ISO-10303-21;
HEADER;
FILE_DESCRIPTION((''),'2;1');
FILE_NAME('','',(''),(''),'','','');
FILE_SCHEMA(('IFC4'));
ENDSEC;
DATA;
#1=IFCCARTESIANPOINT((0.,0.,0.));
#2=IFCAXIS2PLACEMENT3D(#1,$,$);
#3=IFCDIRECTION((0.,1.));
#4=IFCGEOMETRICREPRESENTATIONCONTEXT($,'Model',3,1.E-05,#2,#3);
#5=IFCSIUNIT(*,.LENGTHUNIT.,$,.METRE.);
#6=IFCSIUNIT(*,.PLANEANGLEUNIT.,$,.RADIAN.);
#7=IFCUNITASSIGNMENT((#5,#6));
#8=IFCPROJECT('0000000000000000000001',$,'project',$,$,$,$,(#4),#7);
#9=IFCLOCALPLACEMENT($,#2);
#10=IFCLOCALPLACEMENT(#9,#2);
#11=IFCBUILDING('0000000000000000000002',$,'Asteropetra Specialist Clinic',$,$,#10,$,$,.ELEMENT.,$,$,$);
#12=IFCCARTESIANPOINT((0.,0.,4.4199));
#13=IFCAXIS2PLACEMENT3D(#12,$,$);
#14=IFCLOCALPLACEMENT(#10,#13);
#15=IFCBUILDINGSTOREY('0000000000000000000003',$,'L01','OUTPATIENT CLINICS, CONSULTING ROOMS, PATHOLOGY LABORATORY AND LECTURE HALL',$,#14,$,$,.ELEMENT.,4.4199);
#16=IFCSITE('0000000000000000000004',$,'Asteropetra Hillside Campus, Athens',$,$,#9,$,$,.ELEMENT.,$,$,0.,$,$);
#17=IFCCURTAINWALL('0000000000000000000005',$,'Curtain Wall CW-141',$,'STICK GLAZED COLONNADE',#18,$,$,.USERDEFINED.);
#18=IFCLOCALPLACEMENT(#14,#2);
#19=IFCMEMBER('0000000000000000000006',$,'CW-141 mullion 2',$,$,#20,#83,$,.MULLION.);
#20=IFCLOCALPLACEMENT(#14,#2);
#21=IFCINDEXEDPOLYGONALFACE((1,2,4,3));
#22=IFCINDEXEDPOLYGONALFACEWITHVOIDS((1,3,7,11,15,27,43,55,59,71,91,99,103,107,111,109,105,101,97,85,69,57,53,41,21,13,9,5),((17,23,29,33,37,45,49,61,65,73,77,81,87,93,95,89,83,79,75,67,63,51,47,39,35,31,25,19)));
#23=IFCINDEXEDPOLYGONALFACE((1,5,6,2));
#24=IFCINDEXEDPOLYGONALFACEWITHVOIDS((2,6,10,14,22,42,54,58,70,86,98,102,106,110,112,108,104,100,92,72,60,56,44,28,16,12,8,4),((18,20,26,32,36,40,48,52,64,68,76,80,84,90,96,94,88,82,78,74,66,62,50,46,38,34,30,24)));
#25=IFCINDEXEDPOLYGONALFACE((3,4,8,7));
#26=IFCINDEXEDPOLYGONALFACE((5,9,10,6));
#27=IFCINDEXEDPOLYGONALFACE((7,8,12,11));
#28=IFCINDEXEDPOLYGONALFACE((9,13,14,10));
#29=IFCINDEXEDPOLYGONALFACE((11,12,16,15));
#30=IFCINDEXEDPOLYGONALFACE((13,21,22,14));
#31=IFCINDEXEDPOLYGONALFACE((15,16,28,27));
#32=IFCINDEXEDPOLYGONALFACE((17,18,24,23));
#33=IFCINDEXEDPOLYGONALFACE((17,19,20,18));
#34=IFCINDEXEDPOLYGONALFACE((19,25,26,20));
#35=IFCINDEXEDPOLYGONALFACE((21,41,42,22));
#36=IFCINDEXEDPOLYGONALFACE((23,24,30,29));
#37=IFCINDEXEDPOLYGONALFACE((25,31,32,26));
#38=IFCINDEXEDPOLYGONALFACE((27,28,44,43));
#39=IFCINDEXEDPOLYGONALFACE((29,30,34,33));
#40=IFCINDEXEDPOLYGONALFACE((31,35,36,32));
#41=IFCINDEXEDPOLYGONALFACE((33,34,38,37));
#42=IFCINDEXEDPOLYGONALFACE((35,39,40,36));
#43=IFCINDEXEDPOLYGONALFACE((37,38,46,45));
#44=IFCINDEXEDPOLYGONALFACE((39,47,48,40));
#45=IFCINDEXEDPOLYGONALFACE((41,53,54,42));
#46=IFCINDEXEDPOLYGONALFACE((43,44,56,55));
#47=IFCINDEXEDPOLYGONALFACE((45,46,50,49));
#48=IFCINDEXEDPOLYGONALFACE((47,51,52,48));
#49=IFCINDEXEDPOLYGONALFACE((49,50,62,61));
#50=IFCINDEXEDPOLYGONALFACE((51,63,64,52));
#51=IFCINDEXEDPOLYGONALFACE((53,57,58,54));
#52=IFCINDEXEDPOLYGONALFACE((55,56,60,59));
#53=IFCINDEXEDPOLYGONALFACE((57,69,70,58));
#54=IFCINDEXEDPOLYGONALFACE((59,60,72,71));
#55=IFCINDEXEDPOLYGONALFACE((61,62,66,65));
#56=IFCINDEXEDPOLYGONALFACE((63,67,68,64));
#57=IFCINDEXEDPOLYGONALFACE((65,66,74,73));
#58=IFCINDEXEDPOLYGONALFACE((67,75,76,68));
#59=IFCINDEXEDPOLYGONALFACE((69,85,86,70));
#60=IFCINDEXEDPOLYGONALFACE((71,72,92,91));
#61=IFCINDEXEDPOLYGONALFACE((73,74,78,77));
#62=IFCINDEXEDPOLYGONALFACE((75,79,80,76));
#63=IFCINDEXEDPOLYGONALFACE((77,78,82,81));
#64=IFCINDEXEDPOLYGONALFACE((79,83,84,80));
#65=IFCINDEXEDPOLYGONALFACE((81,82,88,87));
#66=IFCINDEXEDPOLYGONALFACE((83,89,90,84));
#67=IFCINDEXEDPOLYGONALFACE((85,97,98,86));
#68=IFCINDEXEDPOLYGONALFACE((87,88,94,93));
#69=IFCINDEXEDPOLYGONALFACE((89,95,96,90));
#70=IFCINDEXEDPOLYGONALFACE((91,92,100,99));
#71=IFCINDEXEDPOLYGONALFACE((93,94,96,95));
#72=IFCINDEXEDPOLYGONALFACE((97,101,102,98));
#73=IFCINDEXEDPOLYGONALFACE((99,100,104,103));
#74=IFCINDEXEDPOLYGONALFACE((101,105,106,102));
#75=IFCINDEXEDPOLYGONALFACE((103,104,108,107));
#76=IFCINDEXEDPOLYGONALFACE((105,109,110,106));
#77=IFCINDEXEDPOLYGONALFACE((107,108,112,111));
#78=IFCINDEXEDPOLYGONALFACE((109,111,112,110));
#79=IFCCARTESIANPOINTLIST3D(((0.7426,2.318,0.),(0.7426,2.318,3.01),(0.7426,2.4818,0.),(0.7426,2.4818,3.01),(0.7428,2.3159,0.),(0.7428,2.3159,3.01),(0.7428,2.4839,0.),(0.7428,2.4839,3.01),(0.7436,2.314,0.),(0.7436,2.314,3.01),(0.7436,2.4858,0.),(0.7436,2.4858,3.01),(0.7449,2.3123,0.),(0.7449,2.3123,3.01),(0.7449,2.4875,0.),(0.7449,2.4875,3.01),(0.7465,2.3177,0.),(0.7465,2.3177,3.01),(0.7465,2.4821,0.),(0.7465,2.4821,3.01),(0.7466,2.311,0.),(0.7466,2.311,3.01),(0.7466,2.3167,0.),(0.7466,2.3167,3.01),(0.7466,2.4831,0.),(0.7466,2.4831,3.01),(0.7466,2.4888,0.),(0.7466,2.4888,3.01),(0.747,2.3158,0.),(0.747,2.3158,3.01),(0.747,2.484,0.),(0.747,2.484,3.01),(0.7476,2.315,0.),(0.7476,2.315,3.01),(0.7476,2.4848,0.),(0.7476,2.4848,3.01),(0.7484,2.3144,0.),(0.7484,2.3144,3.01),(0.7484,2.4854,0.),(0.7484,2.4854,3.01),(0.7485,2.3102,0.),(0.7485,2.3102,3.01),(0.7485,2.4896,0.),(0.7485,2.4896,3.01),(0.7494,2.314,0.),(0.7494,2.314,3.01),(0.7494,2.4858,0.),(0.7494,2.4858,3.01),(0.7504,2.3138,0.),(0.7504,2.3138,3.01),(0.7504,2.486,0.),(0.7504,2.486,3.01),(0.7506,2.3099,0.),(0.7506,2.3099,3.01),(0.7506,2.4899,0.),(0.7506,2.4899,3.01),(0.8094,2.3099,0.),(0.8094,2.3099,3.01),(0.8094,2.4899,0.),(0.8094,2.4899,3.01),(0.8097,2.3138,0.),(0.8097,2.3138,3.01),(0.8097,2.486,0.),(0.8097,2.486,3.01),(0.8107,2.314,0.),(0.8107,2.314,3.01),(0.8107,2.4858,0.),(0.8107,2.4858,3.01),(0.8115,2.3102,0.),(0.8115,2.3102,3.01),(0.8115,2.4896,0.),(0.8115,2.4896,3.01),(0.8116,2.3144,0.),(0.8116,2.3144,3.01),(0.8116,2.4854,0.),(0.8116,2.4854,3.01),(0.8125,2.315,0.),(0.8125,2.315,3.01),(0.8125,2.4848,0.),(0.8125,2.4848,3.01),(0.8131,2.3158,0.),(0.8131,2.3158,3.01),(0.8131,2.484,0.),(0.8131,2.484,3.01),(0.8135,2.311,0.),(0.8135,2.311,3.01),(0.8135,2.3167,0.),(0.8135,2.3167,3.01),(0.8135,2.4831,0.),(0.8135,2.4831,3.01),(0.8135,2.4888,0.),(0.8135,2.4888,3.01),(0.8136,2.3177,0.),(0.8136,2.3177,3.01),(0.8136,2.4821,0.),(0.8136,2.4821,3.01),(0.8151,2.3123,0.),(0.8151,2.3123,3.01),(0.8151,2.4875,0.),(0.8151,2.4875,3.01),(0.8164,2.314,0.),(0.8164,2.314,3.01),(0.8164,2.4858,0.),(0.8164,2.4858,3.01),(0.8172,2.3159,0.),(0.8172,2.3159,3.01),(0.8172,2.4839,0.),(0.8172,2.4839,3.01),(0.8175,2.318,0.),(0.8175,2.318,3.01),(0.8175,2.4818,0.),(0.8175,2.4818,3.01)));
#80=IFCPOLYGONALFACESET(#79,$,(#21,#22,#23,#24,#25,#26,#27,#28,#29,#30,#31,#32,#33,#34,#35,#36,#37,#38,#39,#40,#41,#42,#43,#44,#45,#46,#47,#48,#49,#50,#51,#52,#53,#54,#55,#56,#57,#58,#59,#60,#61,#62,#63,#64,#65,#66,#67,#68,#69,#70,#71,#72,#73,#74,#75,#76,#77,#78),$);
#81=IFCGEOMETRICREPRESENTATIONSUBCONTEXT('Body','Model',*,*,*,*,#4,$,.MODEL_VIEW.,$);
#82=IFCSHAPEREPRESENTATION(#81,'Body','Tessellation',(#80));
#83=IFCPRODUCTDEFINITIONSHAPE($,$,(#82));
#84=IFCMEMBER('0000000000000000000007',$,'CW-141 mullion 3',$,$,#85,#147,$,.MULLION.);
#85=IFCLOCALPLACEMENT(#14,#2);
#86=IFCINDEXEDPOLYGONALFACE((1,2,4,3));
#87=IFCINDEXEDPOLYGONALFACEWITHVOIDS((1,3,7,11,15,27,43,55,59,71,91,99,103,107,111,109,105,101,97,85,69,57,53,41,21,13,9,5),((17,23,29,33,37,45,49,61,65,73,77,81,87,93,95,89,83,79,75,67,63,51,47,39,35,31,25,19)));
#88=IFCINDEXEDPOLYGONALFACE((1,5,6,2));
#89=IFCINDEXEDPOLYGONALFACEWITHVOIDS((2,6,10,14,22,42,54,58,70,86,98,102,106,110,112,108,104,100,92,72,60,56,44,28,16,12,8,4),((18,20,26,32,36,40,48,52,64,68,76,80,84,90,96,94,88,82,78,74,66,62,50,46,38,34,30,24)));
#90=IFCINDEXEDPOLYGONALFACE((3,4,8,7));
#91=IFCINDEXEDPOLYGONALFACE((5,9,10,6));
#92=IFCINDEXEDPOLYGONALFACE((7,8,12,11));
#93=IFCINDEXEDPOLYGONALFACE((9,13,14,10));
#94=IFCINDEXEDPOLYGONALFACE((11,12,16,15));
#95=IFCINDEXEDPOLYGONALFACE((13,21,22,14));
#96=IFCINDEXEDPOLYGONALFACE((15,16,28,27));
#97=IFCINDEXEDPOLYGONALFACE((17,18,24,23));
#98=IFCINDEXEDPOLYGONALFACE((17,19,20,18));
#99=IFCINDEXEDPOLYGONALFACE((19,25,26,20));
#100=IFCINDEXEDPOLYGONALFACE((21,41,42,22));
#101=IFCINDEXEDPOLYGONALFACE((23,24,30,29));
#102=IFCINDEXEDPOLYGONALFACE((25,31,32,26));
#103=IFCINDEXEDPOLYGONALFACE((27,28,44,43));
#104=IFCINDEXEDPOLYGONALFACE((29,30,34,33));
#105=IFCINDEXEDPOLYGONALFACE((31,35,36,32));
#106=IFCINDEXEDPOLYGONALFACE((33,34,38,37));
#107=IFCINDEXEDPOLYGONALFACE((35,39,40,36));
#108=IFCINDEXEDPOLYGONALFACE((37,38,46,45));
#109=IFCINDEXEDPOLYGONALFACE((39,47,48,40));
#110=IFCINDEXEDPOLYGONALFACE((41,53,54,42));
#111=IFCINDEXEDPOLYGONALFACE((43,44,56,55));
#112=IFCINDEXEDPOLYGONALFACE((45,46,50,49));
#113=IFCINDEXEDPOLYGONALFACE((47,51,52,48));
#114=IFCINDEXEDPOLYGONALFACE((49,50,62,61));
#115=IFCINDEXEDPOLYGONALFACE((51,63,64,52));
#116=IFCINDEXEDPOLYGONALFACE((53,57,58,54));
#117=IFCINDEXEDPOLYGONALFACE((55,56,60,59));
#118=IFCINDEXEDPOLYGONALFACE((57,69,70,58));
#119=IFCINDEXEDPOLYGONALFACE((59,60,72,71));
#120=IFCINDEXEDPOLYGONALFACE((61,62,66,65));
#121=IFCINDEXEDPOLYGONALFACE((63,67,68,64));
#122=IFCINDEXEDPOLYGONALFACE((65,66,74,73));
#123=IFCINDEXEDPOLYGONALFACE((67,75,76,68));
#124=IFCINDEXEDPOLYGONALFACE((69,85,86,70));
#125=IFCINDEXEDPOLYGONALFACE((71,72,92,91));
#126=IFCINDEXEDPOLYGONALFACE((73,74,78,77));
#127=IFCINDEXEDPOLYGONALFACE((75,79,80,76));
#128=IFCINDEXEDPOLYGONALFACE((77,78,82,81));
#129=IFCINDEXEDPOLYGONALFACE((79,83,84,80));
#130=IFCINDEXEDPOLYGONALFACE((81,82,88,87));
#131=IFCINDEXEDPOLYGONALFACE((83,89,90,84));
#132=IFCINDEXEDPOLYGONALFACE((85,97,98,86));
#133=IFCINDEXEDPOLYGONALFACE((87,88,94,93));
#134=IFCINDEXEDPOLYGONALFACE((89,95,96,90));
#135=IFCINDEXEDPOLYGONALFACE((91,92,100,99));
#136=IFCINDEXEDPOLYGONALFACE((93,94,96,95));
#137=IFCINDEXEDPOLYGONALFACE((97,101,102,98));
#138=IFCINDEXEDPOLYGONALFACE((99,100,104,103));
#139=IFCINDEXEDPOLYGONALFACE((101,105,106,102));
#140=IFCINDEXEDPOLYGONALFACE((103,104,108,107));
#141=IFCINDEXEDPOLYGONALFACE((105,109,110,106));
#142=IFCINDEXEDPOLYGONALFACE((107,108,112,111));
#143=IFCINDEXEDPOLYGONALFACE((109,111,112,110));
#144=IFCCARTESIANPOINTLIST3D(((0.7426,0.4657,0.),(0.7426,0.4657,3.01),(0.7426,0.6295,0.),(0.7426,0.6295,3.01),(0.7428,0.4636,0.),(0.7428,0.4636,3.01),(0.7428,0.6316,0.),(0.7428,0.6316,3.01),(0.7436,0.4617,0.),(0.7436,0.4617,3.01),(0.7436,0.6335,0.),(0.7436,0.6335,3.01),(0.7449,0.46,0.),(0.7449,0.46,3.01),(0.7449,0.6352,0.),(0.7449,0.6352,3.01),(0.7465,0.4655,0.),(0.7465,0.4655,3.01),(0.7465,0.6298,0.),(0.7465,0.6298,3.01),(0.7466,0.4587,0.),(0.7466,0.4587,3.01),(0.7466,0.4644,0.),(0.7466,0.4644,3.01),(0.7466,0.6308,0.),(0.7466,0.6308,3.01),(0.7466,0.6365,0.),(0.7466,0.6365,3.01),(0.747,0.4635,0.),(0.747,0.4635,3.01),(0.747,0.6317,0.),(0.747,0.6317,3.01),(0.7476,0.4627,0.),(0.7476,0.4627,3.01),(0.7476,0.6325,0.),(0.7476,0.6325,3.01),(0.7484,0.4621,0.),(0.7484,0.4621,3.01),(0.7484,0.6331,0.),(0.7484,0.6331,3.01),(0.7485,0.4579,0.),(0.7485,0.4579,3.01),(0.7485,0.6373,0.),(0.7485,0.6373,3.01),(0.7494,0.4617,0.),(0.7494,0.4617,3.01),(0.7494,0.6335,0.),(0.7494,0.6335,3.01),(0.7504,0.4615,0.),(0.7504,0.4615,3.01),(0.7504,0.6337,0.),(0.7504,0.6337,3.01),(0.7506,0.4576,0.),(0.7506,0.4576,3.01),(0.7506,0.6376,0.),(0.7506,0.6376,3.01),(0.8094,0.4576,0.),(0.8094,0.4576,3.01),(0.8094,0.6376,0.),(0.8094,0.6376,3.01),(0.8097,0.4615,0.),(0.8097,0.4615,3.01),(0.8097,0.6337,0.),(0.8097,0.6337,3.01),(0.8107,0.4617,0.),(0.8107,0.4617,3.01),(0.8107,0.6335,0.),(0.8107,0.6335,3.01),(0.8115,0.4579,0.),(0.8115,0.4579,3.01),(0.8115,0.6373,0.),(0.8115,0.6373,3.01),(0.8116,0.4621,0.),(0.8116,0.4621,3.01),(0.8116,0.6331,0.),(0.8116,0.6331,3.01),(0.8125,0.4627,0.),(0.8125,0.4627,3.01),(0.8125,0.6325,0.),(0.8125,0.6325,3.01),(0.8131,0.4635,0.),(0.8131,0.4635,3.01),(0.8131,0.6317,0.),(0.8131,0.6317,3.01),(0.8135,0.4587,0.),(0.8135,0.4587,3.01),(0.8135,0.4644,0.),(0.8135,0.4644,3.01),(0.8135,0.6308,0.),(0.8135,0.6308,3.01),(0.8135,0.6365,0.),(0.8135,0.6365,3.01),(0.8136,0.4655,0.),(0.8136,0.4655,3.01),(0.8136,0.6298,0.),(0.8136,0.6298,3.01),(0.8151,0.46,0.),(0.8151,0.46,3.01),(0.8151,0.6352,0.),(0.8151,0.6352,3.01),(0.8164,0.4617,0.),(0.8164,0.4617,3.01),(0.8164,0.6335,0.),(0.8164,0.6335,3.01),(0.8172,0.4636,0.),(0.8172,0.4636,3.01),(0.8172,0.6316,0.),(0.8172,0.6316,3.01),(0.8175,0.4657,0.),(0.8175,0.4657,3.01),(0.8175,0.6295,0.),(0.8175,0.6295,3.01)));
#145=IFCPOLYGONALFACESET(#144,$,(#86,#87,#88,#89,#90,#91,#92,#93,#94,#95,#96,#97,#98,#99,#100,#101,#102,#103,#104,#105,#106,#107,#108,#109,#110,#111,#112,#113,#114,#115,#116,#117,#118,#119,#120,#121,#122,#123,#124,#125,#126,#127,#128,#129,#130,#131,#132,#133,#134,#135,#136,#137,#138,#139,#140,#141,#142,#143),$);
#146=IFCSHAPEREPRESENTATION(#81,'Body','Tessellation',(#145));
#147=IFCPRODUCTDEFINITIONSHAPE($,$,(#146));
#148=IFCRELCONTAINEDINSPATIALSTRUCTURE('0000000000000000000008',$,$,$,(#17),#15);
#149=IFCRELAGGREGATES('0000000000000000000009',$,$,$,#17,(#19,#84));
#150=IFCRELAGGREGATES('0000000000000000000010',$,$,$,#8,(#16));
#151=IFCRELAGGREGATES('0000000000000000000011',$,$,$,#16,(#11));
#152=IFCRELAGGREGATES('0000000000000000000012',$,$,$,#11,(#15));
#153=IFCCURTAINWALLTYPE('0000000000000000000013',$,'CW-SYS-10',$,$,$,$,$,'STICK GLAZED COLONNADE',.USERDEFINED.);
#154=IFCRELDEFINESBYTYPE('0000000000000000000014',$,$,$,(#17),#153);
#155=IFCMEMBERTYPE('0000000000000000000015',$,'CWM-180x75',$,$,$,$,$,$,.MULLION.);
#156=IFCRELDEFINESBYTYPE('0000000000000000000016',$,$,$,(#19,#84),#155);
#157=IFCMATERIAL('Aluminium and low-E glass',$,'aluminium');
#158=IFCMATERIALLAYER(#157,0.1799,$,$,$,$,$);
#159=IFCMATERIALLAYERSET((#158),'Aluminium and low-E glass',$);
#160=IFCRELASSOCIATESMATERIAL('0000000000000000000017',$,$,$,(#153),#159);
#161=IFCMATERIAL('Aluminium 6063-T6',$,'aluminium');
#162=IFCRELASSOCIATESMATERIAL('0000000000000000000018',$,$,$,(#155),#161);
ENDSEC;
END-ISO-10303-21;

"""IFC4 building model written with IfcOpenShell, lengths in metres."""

from ifc_helpers import new_model, si_unit, direction, frame, origin, origin_2d, place, context, subcontext, project, spatial, hollow_rectangle, extrude, material, layer, layer_set, material_profile, profile_set, type_object, element, aggregate, save


model = new_model("IFC4")

# Units and contexts
model_context = context("Model", 3, precision=1e-05, world=origin(), true_north=direction((0.0, 1.0)))
body_context = subcontext(model_context, "Body", "Model", "MODEL_VIEW")
ifc_project = project(units=[si_unit("LENGTHUNIT", "METRE"), si_unit("PLANEANGLEUNIT", "RADIAN")], contexts=[model_context])

# Site, building, storey
site_placement = place(None, origin())
site = spatial("IfcSite", under=ifc_project, at=site_placement, Name="Asteropetra Hillside Campus, Athens", CompositionType="ELEMENT", RefElevation=0.0)
building_placement = place(site_placement, origin())
building = spatial("IfcBuilding", under=site, at=building_placement, Name="Asteropetra Specialist Clinic", CompositionType="ELEMENT")
storey_placement = place(building_placement, frame((0.0, 0.0, 4.4199)))
storey = spatial("IfcBuildingStorey", under=building, at=storey_placement, Name="L01", Description="OUTPATIENT CLINICS, CONSULTING ROOMS, PATHOLOGY LABORATORY AND LECTURE HALL", CompositionType="ELEMENT", Elevation=4.4199)

# Curtain wall, members
ifc_material_1 = material(Name="Aluminium and low-E glass", Category="aluminium")
ifc_layer_1 = layer(ifc_material_1, 0.1799)
ifc_layer_set_1 = layer_set([ifc_layer_1], Name="Aluminium and low-E glass")
curtain_wall_type_1 = type_object("IfcCurtainWallType", Name="CW-SYS-10", ElementType="STICK GLAZED COLONNADE", PredefinedType="USERDEFINED", material=ifc_layer_set_1)
curtain_wall_1_placement = place(storey_placement, origin())
curtain_wall_1 = element("IfcCurtainWall", 1, at=curtain_wall_1_placement, inside=storey, type_object=curtain_wall_type_1, Name="Curtain Wall CW-141", ObjectType="STICK GLAZED COLONNADE", PredefinedType="USERDEFINED")
ifc_material_2 = material(Name="Aluminium 6063-T6", Category="aluminium")
ifc_material_profile_1 = material_profile(ifc_material_2, hollow_rectangle(XDim=0.075, YDim=0.1799, WallThickness=0.0039, InnerFilletRadius=0.0039, OuterFilletRadius=0.0081, at=origin_2d()), Name="MUL 180x75x4.0")
ifc_profile_set_1 = profile_set([ifc_material_profile_1], Name="Aluminium 6063-T6")
member_type_1 = type_object("IfcMemberType", Name="CWM-180x75", PredefinedType="MULLION", material=ifc_profile_set_1)
member_1_placement = place(storey_placement, frame((0.78, 2.3999, 0.0), z_axis=(0.0, 0.0, 1.0), x_axis=(1.0, 0.0, 0.0)))
member_1 = element("IfcMember", 2, at=member_1_placement, type_object=member_type_1, Name="CW-141 mullion 2", PredefinedType="MULLION", context=body_context, shape_type="SweptSolid", body=[
    extrude(hollow_rectangle(XDim=0.075, YDim=0.1799, WallThickness=0.0039, InnerFilletRadius=0.0039, OuterFilletRadius=0.0081, at=origin_2d()), origin(), (0.0, 0.0, 1.0), 3.01),
])
member_2_placement = place(storey_placement, frame((0.78, 0.5476, 0.0), z_axis=(0.0, 0.0, 1.0), x_axis=(1.0, 0.0, 0.0)))
member_2 = element("IfcMember", 3, at=member_2_placement, type_object=member_type_1, Name="CW-141 mullion 3", PredefinedType="MULLION", context=body_context, shape_type="SweptSolid", body=[
    extrude(hollow_rectangle(XDim=0.075, YDim=0.1799, WallThickness=0.0039, InnerFilletRadius=0.0039, OuterFilletRadius=0.0081, at=origin_2d()), origin(), (0.0, 0.0, 1.0), 3.01),
])

aggregate(curtain_wall_1, [member_1, member_2])

save(model, "model.ifc")
